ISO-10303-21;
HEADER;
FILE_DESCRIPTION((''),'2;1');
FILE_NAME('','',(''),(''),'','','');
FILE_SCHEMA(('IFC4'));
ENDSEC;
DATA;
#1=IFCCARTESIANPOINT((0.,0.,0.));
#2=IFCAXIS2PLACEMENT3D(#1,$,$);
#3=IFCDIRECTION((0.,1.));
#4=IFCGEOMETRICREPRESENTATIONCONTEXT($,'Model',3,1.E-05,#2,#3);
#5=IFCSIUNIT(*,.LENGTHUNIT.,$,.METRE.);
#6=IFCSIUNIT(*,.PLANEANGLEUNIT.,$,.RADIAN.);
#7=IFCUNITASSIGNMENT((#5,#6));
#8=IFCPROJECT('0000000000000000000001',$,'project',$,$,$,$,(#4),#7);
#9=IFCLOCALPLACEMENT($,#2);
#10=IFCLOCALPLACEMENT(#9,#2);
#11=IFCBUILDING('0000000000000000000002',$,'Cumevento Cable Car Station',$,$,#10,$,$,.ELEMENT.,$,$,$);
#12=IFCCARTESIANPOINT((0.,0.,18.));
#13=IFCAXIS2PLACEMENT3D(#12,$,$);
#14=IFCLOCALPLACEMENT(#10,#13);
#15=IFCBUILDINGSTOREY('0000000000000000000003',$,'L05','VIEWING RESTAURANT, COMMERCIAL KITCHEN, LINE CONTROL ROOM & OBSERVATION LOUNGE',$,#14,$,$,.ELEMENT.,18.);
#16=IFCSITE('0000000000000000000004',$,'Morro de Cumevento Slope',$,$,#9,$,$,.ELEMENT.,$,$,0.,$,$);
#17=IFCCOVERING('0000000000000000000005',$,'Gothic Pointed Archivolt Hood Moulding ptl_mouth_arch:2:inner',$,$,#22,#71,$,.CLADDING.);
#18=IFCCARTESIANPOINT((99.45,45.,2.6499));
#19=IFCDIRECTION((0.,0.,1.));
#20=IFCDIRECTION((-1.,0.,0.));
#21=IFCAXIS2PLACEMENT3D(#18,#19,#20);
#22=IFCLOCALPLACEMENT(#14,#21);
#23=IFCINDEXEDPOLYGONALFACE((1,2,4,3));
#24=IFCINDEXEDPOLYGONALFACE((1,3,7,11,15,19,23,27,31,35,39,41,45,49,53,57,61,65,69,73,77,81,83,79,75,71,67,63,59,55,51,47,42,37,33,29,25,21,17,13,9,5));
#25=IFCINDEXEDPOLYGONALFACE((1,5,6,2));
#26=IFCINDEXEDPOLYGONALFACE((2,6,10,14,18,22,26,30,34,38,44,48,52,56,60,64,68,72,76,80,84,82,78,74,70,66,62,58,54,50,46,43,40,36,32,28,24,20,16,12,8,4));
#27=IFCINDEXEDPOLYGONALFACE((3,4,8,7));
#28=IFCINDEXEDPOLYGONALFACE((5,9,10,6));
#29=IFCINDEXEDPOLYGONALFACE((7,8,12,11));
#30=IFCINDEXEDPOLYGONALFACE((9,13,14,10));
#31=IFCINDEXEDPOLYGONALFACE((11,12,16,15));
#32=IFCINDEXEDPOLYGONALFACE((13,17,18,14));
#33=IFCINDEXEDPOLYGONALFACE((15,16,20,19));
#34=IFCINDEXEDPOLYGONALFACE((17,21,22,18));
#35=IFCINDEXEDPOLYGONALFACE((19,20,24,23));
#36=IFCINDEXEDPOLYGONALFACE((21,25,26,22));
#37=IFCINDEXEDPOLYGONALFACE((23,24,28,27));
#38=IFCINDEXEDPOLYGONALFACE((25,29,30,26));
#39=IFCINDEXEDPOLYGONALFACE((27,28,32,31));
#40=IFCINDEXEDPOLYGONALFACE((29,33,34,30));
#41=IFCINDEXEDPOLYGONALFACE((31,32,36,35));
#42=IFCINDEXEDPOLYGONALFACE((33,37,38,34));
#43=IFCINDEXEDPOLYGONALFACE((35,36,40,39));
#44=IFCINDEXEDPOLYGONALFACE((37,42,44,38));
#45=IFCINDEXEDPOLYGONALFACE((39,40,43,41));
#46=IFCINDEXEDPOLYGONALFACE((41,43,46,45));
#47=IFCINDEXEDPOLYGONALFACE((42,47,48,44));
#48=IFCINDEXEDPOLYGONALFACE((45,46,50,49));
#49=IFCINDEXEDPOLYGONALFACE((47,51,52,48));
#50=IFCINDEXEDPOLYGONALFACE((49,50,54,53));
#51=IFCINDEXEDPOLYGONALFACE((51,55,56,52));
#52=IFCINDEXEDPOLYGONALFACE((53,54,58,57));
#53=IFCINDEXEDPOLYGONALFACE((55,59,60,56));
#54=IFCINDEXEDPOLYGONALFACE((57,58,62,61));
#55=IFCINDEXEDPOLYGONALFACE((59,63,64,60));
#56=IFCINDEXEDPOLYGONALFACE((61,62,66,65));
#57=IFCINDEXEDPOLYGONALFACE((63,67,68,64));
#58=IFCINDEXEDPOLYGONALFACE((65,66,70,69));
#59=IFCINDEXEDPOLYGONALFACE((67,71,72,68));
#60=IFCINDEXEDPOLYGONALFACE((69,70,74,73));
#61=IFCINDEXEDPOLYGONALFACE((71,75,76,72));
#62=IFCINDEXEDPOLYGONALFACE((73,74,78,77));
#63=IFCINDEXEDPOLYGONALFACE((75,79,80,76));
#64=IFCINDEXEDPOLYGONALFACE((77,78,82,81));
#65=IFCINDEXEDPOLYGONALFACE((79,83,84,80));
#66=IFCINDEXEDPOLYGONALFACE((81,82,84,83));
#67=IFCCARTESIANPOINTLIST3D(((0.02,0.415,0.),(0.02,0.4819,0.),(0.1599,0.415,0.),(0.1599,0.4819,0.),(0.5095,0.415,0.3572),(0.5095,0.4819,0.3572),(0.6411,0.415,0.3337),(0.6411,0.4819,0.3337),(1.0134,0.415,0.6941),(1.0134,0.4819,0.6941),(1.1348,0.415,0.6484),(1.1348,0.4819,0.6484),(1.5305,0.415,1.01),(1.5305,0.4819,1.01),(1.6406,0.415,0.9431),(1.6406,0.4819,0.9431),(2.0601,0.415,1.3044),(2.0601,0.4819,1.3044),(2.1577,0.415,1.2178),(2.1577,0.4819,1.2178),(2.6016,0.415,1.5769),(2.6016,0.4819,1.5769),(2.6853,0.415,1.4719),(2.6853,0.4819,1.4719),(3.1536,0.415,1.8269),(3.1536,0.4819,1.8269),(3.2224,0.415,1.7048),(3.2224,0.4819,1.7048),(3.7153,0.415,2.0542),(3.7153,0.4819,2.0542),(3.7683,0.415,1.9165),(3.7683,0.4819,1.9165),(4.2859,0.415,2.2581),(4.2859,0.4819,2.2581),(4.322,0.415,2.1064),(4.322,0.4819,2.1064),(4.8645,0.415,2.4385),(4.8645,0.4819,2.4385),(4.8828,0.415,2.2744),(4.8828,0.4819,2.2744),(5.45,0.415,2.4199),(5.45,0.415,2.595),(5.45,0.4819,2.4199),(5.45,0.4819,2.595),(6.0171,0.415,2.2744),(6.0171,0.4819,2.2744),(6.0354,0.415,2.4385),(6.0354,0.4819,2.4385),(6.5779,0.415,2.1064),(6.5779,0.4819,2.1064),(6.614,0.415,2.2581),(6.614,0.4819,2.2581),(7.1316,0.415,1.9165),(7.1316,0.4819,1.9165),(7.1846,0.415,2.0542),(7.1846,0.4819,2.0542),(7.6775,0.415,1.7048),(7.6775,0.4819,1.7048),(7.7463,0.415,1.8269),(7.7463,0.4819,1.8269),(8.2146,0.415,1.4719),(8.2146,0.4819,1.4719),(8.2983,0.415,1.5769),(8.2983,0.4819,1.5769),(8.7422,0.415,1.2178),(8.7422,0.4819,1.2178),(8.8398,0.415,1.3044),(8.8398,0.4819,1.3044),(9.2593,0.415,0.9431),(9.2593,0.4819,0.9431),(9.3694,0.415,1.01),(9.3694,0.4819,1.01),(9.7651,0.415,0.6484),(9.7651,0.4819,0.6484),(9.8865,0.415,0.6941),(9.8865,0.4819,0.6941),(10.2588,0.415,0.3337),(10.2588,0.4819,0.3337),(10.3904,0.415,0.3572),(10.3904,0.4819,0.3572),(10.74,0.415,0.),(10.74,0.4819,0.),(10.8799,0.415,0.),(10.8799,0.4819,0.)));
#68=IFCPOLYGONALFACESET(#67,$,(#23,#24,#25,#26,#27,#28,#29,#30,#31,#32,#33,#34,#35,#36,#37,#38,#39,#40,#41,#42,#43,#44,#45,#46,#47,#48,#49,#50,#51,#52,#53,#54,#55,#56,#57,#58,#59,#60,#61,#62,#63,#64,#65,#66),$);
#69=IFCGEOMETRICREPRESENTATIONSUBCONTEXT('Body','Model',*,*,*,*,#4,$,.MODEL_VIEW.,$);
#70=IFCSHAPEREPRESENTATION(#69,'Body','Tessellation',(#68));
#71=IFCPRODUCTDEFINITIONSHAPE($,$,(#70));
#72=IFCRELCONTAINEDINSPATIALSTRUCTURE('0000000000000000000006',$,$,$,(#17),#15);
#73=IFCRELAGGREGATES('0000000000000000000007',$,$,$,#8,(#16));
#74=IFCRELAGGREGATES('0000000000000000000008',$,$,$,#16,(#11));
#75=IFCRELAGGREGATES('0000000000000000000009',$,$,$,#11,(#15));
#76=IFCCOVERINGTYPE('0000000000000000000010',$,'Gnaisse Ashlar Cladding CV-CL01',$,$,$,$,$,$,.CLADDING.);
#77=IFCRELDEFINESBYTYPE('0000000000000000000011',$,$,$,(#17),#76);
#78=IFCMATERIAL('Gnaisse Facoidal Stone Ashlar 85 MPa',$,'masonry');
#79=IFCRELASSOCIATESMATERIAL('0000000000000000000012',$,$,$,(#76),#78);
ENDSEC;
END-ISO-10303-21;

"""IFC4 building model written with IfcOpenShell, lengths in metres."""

from ifc_helpers import new_model, si_unit, direction, frame, origin, place, context, subcontext, project, spatial, polyline, outline, extrude, material, type_object, element, save


model = new_model("IFC4")

# Units and contexts
model_context = context("Model", 3, precision=1e-05, world=origin(), true_north=direction((0.0, 1.0)))
body_context = subcontext(model_context, "Body", "Model", "MODEL_VIEW")
ifc_project = project(units=[si_unit("LENGTHUNIT", "METRE"), si_unit("PLANEANGLEUNIT", "RADIAN")], contexts=[model_context])

# Site, building, storey
site_placement = place(None, origin())
site = spatial("IfcSite", under=ifc_project, at=site_placement, Name="Morro de Cumevento Slope", CompositionType="ELEMENT", RefElevation=0.0)
building_placement = place(site_placement, origin())
building = spatial("IfcBuilding", under=site, at=building_placement, Name="Cumevento Cable Car Station", CompositionType="ELEMENT")
storey_placement = place(building_placement, frame((0.0, 0.0, 18.0)))
storey = spatial("IfcBuildingStorey", under=building, at=storey_placement, Name="L05", Description="VIEWING RESTAURANT, COMMERCIAL KITCHEN, LINE CONTROL ROOM & OBSERVATION LOUNGE", CompositionType="ELEMENT", Elevation=18.0)

# Covering
ifc_material_1 = material(Name="Gnaisse Facoidal Stone Ashlar 85 MPa", Category="masonry")
covering_type = type_object("IfcCoveringType", Name="Gnaisse Ashlar Cladding CV-CL01", PredefinedType="CLADDING", material=ifc_material_1)
covering_1_placement = place(storey_placement, frame((99.45, 45.0, 2.6499), z_axis=(0.0, 0.0, 1.0), x_axis=(-1.0, 0.0, 0.0)))
element("IfcCovering", 1, at=covering_1_placement, inside=storey, type_object=covering_type, Name="Gothic Pointed Archivolt Hood Moulding ptl_mouth_arch:2:inner", PredefinedType="CLADDING", context=body_context, shape_type="SweptSolid", body=[
    extrude(outline(polyline([(0.1599, 0.0), (0.6411, 0.3337), (1.1348, 0.6484), (1.6406, 0.9431), (2.1577, 1.2178), (2.6853, 1.4719), (3.2224, 1.7048), (3.7683, 1.9165), (4.322, 2.1064), (4.8828, 2.2744), (5.45, 2.4199), (6.0171, 2.2744), (6.5779, 2.1064), (7.1316, 1.9165), (7.6775, 1.7048), (8.2146, 1.4719), (8.7422, 1.2178), (9.2593, 0.9431), (9.7651, 0.6484), (10.2588, 0.3337), (10.74, 0.0), (10.8799, 0.0), (10.3904, 0.3572), (9.8865, 0.6941), (9.3694, 1.01), (8.8398, 1.3044), (8.2983, 1.5769), (7.7463, 1.8269), (7.1846, 2.0542), (6.614, 2.2581), (6.0354, 2.4385), (5.45, 2.595), (4.8645, 2.4385), (4.2859, 2.2581), (3.7153, 2.0542), (3.1536, 1.8269), (2.6016, 1.5769), (2.0601, 1.3044), (1.5305, 1.01), (1.0134, 0.6941), (0.5095, 0.3572), (0.02, 0.0), (0.1599, 0.0)])), frame((0.0, 0.4819, 0.0), z_axis=(0.0, -1.0, 0.0), x_axis=(1.0, 0.0, 0.0)), (0.0, 0.0, 1.0), 0.0669),
])

save(model, "model.ifc")
